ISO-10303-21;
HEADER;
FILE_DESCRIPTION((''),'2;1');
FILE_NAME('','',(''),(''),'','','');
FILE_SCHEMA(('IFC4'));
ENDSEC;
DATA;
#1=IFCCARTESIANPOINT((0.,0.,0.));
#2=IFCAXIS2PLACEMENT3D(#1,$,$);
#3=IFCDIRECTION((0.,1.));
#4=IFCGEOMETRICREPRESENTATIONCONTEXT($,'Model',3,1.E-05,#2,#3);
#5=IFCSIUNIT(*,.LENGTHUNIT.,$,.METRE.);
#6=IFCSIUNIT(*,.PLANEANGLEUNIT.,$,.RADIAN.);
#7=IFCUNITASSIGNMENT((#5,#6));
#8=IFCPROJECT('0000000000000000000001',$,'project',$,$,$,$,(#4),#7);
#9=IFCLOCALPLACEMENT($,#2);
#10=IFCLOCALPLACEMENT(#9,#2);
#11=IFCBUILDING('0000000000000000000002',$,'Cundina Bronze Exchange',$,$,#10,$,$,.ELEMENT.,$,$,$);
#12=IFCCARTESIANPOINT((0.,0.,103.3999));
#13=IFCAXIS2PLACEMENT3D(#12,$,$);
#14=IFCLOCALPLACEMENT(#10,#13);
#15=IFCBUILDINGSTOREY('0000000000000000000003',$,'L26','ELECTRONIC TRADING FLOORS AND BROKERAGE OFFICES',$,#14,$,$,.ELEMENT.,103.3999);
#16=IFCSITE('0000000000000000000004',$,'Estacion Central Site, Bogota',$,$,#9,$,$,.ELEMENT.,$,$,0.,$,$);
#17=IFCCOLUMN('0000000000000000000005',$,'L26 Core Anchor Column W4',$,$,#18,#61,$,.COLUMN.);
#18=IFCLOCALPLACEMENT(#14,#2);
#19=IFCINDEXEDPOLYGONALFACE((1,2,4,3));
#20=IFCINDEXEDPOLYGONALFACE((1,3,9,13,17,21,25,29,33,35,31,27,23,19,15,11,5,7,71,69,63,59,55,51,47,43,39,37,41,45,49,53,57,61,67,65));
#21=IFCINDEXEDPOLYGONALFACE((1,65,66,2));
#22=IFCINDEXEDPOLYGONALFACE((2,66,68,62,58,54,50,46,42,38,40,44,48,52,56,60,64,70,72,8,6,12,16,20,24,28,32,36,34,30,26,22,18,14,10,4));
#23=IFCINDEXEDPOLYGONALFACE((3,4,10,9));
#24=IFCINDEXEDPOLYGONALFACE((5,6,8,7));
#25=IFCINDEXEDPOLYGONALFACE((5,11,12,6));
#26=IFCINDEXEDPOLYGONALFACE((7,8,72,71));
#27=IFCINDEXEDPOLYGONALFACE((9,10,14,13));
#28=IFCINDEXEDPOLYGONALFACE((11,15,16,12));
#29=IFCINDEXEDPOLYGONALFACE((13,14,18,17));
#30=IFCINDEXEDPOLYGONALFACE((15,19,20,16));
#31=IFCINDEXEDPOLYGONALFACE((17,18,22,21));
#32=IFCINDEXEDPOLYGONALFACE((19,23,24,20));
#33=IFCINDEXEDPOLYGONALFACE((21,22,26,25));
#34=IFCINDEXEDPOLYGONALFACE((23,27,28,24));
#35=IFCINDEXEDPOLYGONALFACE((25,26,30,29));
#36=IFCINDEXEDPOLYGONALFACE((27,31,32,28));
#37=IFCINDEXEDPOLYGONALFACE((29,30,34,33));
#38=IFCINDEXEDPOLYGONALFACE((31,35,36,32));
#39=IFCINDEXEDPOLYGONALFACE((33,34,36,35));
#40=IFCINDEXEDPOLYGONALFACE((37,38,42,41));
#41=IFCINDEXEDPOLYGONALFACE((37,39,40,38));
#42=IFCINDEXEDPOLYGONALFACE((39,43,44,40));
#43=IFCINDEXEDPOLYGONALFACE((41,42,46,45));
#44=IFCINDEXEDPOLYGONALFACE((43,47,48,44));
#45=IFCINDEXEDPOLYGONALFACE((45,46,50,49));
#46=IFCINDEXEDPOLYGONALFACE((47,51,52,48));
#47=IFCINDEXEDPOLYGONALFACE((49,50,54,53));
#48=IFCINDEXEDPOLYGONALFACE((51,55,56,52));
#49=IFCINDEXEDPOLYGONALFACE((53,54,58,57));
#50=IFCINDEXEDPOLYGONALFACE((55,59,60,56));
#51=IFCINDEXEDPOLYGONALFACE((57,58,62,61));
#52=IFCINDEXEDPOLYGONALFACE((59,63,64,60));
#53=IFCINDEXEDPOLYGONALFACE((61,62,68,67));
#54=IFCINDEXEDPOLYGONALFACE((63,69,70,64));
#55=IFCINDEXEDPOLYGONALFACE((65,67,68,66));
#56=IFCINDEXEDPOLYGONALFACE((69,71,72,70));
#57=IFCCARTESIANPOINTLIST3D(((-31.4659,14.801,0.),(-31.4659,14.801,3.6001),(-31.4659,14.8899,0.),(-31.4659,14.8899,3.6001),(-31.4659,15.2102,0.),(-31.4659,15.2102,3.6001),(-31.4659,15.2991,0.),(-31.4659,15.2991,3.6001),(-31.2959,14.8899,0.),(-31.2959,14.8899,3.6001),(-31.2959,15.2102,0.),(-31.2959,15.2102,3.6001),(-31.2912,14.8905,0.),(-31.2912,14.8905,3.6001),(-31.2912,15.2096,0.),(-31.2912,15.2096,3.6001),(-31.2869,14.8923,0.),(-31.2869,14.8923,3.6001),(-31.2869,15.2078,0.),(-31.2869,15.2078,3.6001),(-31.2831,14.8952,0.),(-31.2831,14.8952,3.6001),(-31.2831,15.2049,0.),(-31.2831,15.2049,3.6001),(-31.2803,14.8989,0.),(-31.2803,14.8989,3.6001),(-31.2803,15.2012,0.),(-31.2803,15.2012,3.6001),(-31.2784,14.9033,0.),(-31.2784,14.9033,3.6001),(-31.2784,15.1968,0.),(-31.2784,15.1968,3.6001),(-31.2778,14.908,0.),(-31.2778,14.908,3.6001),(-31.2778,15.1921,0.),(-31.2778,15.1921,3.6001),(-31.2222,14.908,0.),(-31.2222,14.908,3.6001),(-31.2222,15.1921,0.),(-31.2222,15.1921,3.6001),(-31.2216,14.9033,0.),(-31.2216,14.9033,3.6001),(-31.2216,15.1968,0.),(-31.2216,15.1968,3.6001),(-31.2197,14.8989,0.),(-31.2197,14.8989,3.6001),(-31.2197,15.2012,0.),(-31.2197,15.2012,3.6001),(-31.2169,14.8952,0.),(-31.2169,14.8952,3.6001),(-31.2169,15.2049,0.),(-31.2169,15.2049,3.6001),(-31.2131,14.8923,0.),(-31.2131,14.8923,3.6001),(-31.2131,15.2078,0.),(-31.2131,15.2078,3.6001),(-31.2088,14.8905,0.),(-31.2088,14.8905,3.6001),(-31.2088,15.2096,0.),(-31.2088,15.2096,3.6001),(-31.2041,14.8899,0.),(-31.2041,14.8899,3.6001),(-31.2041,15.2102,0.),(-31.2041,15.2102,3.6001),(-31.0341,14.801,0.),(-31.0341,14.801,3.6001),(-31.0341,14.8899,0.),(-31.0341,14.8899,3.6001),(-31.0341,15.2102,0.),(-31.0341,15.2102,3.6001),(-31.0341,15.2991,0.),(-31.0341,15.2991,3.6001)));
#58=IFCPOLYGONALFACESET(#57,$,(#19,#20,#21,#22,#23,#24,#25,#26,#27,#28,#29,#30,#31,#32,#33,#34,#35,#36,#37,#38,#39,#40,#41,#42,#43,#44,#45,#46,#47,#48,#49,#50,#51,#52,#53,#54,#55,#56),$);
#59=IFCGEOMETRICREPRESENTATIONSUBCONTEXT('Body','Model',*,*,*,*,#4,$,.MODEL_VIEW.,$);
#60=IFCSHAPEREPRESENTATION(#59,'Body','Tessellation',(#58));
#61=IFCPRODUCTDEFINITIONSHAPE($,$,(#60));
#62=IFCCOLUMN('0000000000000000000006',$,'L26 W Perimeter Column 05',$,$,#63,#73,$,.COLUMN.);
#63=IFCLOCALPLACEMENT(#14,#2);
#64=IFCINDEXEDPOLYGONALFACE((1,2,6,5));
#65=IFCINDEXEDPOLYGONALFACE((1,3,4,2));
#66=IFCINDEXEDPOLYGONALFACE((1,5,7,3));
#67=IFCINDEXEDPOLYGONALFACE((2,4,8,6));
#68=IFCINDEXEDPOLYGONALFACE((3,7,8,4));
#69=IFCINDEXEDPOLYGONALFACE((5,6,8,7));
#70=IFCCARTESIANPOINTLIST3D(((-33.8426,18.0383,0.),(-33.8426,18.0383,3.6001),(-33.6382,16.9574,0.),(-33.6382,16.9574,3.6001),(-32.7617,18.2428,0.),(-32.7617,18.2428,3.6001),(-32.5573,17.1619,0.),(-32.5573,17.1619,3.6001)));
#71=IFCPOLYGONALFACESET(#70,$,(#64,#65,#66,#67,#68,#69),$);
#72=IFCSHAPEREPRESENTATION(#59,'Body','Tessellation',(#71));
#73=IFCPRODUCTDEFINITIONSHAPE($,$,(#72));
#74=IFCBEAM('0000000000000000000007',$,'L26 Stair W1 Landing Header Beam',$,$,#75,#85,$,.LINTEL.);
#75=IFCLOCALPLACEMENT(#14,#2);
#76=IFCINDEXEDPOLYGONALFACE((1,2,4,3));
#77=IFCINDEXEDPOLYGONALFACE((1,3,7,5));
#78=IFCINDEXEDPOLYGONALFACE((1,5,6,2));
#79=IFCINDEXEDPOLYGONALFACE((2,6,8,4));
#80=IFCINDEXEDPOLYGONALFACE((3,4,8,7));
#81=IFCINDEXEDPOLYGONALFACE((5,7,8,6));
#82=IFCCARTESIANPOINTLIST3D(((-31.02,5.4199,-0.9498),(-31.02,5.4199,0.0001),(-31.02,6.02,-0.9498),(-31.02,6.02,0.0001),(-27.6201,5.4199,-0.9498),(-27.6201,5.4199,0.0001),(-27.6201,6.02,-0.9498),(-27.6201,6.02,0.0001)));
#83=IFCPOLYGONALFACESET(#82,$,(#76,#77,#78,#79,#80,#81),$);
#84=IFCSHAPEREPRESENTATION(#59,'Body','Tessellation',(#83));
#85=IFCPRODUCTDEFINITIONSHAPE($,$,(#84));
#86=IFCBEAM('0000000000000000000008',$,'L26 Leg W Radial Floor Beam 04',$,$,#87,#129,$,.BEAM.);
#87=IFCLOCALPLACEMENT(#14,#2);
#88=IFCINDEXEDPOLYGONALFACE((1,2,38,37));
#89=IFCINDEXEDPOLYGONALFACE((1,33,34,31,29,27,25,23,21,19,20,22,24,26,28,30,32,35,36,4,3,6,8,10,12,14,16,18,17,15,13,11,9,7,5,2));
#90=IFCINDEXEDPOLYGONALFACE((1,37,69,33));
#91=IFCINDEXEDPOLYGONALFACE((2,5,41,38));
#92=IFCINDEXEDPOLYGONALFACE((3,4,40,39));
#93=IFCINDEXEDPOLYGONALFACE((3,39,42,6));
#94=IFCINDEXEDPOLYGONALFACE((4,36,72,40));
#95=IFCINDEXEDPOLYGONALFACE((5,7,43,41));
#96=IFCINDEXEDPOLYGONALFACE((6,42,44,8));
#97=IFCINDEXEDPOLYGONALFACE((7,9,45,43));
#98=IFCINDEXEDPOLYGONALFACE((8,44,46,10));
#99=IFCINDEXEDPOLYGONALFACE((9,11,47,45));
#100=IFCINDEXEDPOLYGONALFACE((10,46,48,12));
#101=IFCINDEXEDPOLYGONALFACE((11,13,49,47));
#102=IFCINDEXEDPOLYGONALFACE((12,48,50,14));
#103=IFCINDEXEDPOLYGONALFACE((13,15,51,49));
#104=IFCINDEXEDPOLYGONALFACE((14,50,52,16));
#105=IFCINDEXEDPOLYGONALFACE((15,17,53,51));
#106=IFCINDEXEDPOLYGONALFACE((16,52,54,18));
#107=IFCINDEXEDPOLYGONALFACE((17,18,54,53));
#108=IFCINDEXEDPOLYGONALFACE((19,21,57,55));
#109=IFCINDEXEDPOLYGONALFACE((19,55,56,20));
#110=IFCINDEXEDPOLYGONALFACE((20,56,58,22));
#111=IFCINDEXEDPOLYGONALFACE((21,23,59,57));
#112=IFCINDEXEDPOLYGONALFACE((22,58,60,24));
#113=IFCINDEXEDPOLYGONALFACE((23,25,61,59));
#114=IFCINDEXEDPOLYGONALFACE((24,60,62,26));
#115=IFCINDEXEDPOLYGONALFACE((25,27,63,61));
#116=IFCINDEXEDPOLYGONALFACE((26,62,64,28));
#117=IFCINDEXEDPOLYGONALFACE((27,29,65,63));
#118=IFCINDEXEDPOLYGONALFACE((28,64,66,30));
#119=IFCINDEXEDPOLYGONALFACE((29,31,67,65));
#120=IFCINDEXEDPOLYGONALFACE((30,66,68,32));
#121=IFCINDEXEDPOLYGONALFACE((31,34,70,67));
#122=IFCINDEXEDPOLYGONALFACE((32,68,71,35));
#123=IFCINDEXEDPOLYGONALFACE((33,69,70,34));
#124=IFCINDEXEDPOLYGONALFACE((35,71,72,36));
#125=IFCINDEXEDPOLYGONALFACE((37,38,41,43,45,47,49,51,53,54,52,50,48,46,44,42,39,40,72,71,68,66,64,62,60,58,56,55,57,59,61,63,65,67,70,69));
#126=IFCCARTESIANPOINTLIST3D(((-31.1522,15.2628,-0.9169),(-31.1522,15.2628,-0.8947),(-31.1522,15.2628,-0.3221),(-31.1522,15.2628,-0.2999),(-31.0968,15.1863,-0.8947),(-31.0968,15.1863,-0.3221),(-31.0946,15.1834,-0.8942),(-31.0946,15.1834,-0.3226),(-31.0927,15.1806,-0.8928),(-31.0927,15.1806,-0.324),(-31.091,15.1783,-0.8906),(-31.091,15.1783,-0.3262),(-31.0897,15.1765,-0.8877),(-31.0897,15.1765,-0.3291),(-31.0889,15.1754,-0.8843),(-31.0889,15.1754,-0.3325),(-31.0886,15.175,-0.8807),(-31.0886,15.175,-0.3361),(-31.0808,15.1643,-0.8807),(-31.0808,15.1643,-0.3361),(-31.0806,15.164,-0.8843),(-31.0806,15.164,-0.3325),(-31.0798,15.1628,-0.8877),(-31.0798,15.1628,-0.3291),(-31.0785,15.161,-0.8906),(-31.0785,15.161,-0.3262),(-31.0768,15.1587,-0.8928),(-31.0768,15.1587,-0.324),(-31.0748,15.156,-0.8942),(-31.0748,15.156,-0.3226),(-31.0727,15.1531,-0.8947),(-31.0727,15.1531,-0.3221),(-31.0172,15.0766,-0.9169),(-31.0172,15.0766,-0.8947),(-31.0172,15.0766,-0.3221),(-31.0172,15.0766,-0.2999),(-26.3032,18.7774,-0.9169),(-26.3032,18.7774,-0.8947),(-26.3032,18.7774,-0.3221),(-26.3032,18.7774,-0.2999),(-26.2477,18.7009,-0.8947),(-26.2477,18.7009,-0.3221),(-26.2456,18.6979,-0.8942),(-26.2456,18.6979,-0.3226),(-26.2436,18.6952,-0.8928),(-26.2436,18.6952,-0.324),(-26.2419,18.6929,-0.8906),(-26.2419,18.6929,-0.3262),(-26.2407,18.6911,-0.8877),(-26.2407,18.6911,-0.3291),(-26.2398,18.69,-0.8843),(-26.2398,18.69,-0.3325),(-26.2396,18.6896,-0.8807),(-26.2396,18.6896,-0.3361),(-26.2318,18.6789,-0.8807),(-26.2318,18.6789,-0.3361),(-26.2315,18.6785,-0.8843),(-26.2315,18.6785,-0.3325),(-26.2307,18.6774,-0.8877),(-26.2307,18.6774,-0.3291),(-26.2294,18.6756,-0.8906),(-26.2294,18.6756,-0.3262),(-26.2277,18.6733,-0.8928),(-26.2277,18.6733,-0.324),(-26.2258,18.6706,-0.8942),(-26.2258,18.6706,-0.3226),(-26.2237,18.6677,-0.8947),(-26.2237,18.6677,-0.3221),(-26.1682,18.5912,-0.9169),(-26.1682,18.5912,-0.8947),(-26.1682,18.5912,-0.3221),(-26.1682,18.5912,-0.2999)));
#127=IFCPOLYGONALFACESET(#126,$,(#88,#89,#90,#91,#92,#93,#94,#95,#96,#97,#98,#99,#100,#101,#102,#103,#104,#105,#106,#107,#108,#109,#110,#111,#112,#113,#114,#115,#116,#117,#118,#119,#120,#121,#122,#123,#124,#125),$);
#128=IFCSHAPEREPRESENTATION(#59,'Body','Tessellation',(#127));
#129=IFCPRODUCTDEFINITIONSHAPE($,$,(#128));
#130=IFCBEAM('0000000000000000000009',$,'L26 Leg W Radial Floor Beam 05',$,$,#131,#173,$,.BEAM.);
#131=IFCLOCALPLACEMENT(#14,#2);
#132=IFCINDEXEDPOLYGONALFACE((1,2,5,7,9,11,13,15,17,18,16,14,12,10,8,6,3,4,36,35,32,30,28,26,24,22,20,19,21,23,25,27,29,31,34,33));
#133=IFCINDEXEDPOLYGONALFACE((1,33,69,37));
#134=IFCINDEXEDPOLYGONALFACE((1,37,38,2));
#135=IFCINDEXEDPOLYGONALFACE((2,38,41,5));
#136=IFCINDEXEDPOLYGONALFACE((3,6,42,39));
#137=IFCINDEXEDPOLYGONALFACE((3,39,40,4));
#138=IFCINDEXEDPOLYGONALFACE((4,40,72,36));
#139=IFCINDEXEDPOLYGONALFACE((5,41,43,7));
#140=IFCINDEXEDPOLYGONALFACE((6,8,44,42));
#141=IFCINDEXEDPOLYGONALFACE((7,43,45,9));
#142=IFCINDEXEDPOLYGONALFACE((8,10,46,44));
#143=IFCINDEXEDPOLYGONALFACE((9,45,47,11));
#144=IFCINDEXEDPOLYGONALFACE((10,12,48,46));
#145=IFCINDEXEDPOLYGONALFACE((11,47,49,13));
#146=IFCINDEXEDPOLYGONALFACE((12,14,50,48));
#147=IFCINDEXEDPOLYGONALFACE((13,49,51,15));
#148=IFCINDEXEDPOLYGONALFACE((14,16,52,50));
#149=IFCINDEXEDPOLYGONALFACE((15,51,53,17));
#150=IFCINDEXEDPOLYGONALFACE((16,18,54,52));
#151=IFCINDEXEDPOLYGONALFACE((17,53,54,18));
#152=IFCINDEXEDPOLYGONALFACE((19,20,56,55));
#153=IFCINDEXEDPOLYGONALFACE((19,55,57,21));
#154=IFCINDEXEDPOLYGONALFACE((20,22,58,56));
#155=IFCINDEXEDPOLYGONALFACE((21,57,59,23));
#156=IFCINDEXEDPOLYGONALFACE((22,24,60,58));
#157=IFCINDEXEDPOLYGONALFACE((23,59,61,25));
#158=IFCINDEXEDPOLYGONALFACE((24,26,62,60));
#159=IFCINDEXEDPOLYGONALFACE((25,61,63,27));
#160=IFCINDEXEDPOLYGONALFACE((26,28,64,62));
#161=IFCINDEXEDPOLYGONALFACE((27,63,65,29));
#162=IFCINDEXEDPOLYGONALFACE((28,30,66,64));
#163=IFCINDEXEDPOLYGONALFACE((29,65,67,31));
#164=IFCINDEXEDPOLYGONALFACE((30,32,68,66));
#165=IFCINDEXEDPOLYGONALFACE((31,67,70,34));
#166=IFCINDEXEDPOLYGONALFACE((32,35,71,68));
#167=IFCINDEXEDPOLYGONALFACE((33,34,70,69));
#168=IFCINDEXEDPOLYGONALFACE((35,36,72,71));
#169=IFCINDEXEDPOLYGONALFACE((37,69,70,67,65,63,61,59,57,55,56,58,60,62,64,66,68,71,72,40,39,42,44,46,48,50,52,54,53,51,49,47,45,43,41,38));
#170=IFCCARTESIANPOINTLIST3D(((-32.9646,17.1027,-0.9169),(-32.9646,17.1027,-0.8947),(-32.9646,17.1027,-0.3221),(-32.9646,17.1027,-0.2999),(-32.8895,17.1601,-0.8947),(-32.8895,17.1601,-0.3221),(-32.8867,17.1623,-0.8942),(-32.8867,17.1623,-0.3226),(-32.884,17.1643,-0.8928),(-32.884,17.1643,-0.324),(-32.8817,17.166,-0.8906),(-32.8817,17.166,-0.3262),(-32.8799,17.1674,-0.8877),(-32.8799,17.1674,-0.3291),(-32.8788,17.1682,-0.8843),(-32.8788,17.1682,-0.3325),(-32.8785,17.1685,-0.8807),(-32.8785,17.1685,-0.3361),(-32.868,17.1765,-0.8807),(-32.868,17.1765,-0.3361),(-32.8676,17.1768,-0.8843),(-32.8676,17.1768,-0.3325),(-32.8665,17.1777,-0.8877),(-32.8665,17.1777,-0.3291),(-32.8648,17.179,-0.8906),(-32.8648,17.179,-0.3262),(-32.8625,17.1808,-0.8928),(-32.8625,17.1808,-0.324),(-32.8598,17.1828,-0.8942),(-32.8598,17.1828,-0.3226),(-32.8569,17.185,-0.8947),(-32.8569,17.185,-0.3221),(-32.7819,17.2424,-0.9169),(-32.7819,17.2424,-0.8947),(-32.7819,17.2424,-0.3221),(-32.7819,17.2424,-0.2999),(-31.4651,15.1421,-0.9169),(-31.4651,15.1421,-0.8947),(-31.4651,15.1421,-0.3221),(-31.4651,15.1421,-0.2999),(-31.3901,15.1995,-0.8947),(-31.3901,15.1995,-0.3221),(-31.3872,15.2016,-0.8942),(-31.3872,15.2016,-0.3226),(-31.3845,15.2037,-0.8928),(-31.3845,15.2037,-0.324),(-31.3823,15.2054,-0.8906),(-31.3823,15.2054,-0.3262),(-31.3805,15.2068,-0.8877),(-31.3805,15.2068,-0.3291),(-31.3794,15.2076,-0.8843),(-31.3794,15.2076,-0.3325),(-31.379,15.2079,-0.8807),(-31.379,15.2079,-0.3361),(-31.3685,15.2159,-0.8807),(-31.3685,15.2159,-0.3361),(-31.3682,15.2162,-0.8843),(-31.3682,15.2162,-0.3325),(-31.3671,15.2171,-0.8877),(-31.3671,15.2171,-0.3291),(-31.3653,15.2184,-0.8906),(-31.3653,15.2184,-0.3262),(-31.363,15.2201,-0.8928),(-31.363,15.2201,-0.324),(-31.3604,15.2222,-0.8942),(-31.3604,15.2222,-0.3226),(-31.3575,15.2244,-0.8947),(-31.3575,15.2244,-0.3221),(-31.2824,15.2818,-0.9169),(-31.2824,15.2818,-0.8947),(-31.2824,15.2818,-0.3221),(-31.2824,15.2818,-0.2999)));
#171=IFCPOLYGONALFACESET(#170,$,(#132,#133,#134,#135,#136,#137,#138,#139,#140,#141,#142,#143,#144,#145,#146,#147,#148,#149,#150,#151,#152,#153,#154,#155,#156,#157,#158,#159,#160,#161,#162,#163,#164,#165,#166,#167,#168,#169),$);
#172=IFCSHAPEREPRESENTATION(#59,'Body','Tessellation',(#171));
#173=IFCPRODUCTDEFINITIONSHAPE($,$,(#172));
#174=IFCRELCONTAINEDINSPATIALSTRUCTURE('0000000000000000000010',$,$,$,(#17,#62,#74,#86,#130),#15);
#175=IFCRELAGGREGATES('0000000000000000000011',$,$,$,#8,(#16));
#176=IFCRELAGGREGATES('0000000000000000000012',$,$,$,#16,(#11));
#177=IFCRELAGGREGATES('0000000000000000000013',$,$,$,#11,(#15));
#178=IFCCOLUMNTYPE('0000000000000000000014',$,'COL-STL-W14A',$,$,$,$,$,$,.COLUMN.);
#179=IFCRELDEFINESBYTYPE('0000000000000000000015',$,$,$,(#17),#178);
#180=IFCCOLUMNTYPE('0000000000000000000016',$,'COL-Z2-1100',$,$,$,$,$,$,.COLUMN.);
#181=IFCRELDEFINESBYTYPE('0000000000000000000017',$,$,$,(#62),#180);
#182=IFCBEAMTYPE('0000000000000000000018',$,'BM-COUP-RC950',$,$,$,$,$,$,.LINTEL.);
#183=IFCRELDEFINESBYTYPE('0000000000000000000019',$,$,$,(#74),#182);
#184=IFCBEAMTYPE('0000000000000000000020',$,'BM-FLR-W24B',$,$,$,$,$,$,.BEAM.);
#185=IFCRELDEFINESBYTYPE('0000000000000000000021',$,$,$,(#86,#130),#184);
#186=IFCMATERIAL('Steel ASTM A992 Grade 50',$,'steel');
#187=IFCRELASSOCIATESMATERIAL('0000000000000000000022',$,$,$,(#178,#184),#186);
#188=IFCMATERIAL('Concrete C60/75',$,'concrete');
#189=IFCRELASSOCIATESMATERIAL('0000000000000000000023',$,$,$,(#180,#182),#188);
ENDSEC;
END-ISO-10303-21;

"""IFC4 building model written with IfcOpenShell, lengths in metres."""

from ifc_helpers import new_model, si_unit, direction, frame, origin, origin_2d, place, context, subcontext, project, spatial, rectangle, i_section, extrude, material, material_profile, profile_set, type_object, element, save


model = new_model("IFC4")

# Units and contexts
model_context = context("Model", 3, precision=1e-05, world=origin(), true_north=direction((0.0, 1.0)))
body_context = subcontext(model_context, "Body", "Model", "MODEL_VIEW")
ifc_project = project(units=[si_unit("LENGTHUNIT", "METRE"), si_unit("PLANEANGLEUNIT", "RADIAN")], contexts=[model_context])

# Site, building, storey
site_placement = place(None, origin())
site = spatial("IfcSite", under=ifc_project, at=site_placement, Name="Estacion Central Site, Bogota", CompositionType="ELEMENT", RefElevation=0.0)
building_placement = place(site_placement, origin())
building = spatial("IfcBuilding", under=site, at=building_placement, Name="Cundina Bronze Exchange", CompositionType="ELEMENT")
storey_placement = place(building_placement, frame((0.0, 0.0, 103.3999)))
storey = spatial("IfcBuildingStorey", under=building, at=storey_placement, Name="L26", Description="ELECTRONIC TRADING FLOORS AND BROKERAGE OFFICES", CompositionType="ELEMENT", Elevation=103.3999)

# Columns
ifc_material_1 = material(Name="Steel ASTM A992 Grade 50", Category="steel")
ifc_material_profile_1 = material_profile(ifc_material_1, i_section(OverallWidth=0.4319, OverallDepth=0.498, WebThickness=0.0557, FlangeThickness=0.0889, FilletRadius=0.0181, at=origin_2d()), Name="W14X500", Category="steel")
ifc_profile_set_1 = profile_set([ifc_material_profile_1], Name="Steel ASTM A992 Grade 50")
column_type_1 = type_object("IfcColumnType", Name="COL-STL-W14A", PredefinedType="COLUMN", material=ifc_profile_set_1)
column_1_placement = place(storey_placement, frame((-31.25, 15.05, 0.0), z_axis=(0.0, 0.0, 1.0), x_axis=(1.0, 0.0, 0.0)))
element("IfcColumn", 1, at=column_1_placement, inside=storey, type_object=column_type_1, Name="L26 Core Anchor Column W4", PredefinedType="COLUMN", context=body_context, shape_type="SweptSolid", body=[
    extrude(i_section(OverallWidth=0.4319, OverallDepth=0.498, WebThickness=0.0557, FlangeThickness=0.0889, FilletRadius=0.0181, at=origin_2d()), origin(), (0.0, 0.0, 1.0), 3.6001),
])
ifc_material_2 = material(Name="Concrete C60/75", Category="concrete")
ifc_material_profile_2 = material_profile(ifc_material_2, rectangle(XDim=1.1001, YDim=1.1001, at=origin_2d()), Name="RC1100X1100", Category="concrete")
ifc_profile_set_2 = profile_set([ifc_material_profile_2], Name="Concrete C60/75")
column_type_2 = type_object("IfcColumnType", Name="COL-Z2-1100", PredefinedType="COLUMN", material=ifc_profile_set_2)
column_2_placement = place(storey_placement, frame((-33.2, 17.6001, 0.0), z_axis=(0.0, 0.0, 1.0), x_axis=(-0.98258, -0.185838, 0.0)))
element("IfcColumn", 2, at=column_2_placement, inside=storey, type_object=column_type_2, Name="L26 W Perimeter Column 05", PredefinedType="COLUMN", context=body_context, shape_type="SweptSolid", body=[
    extrude(rectangle(XDim=1.1001, YDim=1.1001, at=origin_2d()), origin(), (0.0, 0.0, 1.0), 3.6001),
])

# Beams
ifc_material_profile_3 = material_profile(ifc_material_2, rectangle(XDim=0.6001, YDim=0.95, at=origin_2d()), Name="RC600X950", Category="concrete")
ifc_profile_set_3 = profile_set([ifc_material_profile_3], Name="Concrete C60/75")
beam_type_1 = type_object("IfcBeamType", Name="BM-COUP-RC950", PredefinedType="LINTEL", material=ifc_profile_set_3)
beam_1_placement = place(storey_placement, frame((-31.02, 5.72, -0.4749), z_axis=(1.0, 0.0, 0.0), x_axis=(0.0, 1.0, 0.0)))
element("IfcBeam", 3, at=beam_1_placement, inside=storey, type_object=beam_type_1, Name="L26 Stair W1 Landing Header Beam", PredefinedType="LINTEL", context=body_context, shape_type="SweptSolid", body=[
    extrude(rectangle(XDim=0.6001, YDim=0.95, at=origin_2d()), origin(), (0.0, 0.0, 1.0), 3.3999),
])
ifc_material_profile_4 = material_profile(ifc_material_1, i_section(OverallWidth=0.23, OverallDepth=0.6169, WebThickness=0.0132, FlangeThickness=0.0222, FilletRadius=0.0139, at=origin_2d()), Name="W24X94", Category="steel")
ifc_profile_set_4 = profile_set([ifc_material_profile_4], Name="Steel ASTM A992 Grade 50")
beam_type_2 = type_object("IfcBeamType", Name="BM-FLR-W24B", PredefinedType="BEAM", material=ifc_profile_set_4)
beam_2_placement = place(storey_placement, frame((-31.0847, 15.1697, -0.6084), z_axis=(0.809687, 0.586862, 0.0), x_axis=(-0.586862, 0.809687, 0.0)))
element("IfcBeam", 4, at=beam_2_placement, inside=storey, type_object=beam_type_2, Name="L26 Leg W Radial Floor Beam 04", PredefinedType="BEAM", context=body_context, shape_type="SweptSolid", body=[
    extrude(i_section(OverallWidth=0.23, OverallDepth=0.6169, WebThickness=0.0132, FlangeThickness=0.0222, FilletRadius=0.0139, at=origin_2d()), origin(), (0.0, 0.0, 1.0), 5.9888),
])
beam_3_placement = place(storey_placement, frame((-31.3738, 15.2119, -0.6084), z_axis=(-0.60749, 0.794327, 0.0), x_axis=(-0.794327, -0.60749, 0.0)))
element("IfcBeam", 5, at=beam_3_placement, inside=storey, type_object=beam_type_2, Name="L26 Leg W Radial Floor Beam 05", PredefinedType="BEAM", context=body_context, shape_type="SweptSolid", body=[
    extrude(i_section(OverallWidth=0.23, OverallDepth=0.6169, WebThickness=0.0132, FlangeThickness=0.0222, FilletRadius=0.0139, at=origin_2d()), origin(), (0.0, 0.0, 1.0), 2.4683),
])

save(model, "model.ifc")
